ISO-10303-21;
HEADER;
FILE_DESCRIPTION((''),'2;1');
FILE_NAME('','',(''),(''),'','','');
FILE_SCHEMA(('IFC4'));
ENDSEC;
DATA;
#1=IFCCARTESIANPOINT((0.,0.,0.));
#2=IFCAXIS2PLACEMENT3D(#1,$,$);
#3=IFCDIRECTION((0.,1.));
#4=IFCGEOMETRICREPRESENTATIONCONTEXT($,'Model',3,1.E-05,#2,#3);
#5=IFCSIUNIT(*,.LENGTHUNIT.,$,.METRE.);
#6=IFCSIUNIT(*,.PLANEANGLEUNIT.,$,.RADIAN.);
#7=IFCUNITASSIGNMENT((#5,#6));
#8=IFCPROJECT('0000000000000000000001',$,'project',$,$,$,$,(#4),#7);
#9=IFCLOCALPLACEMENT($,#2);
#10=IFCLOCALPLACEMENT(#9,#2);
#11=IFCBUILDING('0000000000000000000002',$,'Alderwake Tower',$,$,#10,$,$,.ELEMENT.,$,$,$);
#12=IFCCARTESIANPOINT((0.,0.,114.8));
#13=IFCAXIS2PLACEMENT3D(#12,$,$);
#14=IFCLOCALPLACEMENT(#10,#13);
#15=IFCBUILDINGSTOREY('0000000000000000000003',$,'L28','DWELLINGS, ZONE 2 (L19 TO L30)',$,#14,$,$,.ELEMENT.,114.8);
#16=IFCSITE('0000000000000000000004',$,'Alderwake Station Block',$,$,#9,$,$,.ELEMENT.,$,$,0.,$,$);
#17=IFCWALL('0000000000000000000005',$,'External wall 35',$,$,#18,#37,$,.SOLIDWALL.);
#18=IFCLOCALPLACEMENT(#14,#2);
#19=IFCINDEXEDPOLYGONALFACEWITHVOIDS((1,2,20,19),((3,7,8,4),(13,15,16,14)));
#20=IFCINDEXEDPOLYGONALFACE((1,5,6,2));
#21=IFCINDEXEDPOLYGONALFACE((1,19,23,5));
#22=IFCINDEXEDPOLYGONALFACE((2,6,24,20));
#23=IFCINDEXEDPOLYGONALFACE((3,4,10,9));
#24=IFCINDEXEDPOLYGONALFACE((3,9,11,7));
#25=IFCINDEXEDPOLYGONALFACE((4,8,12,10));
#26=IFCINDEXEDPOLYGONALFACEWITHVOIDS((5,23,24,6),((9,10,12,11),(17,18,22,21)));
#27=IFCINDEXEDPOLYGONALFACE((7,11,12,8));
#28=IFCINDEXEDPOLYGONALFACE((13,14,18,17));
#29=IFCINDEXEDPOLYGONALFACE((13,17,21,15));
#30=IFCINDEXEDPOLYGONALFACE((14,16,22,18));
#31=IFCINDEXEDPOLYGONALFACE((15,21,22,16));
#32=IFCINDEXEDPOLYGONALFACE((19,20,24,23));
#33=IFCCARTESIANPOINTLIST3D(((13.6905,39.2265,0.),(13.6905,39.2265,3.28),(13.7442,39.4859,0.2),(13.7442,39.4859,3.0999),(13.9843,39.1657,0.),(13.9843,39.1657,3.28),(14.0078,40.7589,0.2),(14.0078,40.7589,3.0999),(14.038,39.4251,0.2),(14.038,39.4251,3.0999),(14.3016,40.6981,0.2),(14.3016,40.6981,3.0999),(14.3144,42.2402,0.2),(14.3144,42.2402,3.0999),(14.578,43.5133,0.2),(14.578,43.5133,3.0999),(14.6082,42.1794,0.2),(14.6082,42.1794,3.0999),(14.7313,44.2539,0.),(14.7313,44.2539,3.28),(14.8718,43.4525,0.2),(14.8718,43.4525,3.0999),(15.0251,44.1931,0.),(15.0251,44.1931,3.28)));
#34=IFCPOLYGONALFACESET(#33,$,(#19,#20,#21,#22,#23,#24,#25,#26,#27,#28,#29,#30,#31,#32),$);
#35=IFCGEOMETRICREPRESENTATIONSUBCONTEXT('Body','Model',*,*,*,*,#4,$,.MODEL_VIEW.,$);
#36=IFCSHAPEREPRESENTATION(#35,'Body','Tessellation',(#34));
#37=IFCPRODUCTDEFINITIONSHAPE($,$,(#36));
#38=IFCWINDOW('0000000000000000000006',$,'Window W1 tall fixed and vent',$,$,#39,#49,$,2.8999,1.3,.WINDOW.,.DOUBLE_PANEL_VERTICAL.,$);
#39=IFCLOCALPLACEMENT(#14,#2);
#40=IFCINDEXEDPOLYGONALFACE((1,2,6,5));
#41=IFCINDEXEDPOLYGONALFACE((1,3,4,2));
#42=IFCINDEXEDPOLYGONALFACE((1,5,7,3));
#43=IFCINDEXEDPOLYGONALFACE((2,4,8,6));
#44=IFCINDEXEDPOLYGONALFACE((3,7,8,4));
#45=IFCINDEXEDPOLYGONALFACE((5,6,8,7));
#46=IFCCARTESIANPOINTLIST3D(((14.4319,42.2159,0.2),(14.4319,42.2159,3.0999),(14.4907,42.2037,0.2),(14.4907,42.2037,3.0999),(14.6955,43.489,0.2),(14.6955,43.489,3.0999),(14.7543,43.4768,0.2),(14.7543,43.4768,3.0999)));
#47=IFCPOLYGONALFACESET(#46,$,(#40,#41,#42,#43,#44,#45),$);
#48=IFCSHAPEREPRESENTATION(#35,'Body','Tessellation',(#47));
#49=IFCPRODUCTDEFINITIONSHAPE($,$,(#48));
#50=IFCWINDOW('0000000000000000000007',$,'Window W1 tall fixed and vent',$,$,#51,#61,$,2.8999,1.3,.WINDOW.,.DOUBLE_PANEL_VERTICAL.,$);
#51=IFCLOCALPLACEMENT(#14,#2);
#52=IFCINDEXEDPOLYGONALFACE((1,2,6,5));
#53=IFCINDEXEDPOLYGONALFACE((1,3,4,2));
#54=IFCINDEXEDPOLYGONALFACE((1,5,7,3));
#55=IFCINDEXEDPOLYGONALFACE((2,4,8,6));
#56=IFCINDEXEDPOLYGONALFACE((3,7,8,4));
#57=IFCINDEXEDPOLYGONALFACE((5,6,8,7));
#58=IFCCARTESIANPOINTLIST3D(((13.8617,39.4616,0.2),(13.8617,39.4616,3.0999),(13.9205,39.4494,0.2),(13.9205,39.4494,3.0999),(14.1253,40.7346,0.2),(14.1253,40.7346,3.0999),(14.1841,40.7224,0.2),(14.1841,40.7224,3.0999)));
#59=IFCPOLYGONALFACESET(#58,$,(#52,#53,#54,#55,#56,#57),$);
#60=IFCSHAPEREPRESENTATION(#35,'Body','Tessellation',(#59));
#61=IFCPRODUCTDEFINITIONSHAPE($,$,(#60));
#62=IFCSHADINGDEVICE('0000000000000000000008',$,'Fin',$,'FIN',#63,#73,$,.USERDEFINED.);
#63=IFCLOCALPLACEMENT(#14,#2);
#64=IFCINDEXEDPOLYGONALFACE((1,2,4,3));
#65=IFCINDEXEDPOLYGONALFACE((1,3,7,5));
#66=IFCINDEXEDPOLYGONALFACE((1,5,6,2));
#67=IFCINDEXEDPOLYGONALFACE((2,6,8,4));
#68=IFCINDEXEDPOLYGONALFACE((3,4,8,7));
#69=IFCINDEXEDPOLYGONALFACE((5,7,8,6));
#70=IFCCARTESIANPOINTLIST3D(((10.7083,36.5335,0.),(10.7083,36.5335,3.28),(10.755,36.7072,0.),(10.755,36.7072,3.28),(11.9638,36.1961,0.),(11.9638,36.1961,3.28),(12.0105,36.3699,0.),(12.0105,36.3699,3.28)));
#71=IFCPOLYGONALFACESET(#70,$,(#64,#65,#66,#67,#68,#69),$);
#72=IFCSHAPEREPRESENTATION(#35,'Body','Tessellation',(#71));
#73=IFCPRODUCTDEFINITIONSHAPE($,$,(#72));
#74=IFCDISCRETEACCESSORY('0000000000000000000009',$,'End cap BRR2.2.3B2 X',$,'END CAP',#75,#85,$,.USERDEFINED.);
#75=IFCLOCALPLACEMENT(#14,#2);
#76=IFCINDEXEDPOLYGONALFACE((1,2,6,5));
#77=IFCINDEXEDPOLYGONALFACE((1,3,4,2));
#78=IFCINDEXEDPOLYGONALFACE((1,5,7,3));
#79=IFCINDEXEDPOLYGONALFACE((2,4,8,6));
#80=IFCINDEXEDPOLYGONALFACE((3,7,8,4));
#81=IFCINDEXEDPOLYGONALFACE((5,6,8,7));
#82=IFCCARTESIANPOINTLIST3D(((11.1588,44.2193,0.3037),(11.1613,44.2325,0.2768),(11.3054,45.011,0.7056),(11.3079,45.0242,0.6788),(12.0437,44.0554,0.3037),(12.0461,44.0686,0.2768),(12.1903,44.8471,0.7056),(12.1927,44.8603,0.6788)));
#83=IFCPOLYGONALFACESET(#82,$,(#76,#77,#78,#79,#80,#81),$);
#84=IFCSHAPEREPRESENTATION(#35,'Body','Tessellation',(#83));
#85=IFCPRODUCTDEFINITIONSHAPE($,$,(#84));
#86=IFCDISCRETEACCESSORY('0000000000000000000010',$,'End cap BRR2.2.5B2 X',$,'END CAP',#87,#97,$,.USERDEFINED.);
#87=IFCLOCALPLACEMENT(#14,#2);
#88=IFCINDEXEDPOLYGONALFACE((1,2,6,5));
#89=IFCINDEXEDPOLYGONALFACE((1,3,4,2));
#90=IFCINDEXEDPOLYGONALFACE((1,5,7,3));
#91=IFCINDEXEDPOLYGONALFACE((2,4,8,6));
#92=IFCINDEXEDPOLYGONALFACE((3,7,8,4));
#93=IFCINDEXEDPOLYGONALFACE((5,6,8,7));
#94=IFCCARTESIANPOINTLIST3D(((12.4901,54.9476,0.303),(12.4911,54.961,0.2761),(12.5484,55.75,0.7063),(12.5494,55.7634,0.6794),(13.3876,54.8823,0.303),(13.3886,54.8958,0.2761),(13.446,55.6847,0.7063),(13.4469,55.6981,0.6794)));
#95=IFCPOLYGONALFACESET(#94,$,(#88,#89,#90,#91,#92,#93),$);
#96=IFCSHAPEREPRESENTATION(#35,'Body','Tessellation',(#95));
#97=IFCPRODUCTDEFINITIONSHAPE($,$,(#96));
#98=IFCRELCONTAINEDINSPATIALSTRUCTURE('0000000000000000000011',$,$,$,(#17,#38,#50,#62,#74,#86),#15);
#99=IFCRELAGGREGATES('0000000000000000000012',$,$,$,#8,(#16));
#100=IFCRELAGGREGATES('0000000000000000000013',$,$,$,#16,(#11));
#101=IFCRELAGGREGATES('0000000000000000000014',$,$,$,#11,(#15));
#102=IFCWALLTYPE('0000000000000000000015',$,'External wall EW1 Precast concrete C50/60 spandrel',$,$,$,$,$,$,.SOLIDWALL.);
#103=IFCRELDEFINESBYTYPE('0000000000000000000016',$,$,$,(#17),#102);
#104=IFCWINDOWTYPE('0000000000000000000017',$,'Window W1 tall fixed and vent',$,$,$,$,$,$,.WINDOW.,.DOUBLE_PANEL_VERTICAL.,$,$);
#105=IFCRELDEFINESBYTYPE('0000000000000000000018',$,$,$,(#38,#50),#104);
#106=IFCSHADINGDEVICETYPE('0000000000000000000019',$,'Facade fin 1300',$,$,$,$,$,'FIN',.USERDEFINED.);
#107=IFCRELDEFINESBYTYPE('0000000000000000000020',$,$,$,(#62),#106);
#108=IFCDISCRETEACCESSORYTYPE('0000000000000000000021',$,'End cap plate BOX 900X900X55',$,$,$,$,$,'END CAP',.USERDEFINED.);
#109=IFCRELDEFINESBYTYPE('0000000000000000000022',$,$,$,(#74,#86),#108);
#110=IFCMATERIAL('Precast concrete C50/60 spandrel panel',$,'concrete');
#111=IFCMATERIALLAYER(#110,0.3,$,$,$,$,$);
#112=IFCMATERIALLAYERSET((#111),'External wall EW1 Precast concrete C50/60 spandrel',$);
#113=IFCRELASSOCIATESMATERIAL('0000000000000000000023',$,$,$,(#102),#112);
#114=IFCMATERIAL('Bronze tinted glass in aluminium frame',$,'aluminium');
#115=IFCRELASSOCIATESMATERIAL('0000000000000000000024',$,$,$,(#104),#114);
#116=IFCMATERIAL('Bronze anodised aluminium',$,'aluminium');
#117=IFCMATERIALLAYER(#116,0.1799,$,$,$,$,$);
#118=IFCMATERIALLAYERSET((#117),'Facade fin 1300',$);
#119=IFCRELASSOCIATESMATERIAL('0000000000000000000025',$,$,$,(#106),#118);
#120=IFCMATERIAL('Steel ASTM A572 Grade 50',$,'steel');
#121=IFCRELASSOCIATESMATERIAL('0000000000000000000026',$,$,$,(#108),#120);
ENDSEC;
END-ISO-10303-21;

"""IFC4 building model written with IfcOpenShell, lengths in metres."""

from ifc_helpers import new_model, si_unit, direction, frame, frame_2d, origin, origin_2d, place, context, subcontext, project, spatial, rectangle, extrude, material, layer, layer_set, material_profile, profile_set, type_object, element, fill, save


model = new_model("IFC4")

# Units and contexts
model_context = context("Model", 3, precision=1e-05, world=origin(), true_north=direction((0.0, 1.0)))
body_context = subcontext(model_context, "Body", "Model", "MODEL_VIEW")
ifc_project = project(units=[si_unit("LENGTHUNIT", "METRE"), si_unit("PLANEANGLEUNIT", "RADIAN")], contexts=[model_context])

# Site, building, storey
site_placement = place(None, origin())
site = spatial("IfcSite", under=ifc_project, at=site_placement, Name="Alderwake Station Block", CompositionType="ELEMENT", RefElevation=0.0)
building_placement = place(site_placement, origin())
building = spatial("IfcBuilding", under=site, at=building_placement, Name="Alderwake Tower", CompositionType="ELEMENT")
storey_placement = place(building_placement, frame((0.0, 0.0, 114.8)))
storey = spatial("IfcBuildingStorey", under=building, at=storey_placement, Name="L28", Description="DWELLINGS, ZONE 2 (L19 TO L30)", CompositionType="ELEMENT", Elevation=114.8)

# Wall, openings, windows
ifc_material_1 = material(Name="Precast concrete C50/60 spandrel panel", Category="concrete")
ifc_layer_1 = layer(ifc_material_1, 0.3)
ifc_layer_set_1 = layer_set([ifc_layer_1], Name="External wall EW1 Precast concrete C50/60 spandrel")
wall_type_1 = type_object("IfcWallType", Name="External wall EW1 Precast concrete C50/60 spandrel", PredefinedType="SOLIDWALL", material=ifc_layer_set_1)
wall_1_placement = place(storey_placement, frame((14.8782, 44.2234, 0.0), z_axis=(0.0, 0.0, 1.0), x_axis=(-0.202724, -0.979236, 0.0)))
wall_1 = element("IfcWall", 1, at=wall_1_placement, inside=storey, type_object=wall_type_1, Name="External wall 35", PredefinedType="SOLIDWALL", context=body_context, shape_type="SweptSolid", body=[
    extrude(rectangle(XDim=5.134, YDim=0.3, at=frame_2d((2.5669, 0.0))), origin(), (0.0, 0.0, 1.0), 3.28),
])
opening_1_placement = place(wall_1_placement, frame((0.7563, 0.0, 0.2)))
opening_1 = element("IfcOpeningElement", 2, at=opening_1_placement, cuts=wall_1, PredefinedType="OPENING", context=body_context, shape_type="SweptSolid", body=[
    extrude(rectangle(XDim=1.3, YDim=2.8999, at=frame_2d((0.6499, 1.45))), frame((0.0, 0.1599, 0.0), z_axis=(0.0, -1.0, 0.0), x_axis=(1.0, 0.0, 0.0)), (0.0, 0.0, 1.0), 0.3201),
])
opening_2_placement = place(wall_1_placement, frame((3.5691, 0.0, 0.2)))
opening_2 = element("IfcOpeningElement", 3, at=opening_2_placement, cuts=wall_1, PredefinedType="OPENING", context=body_context, shape_type="SweptSolid", body=[
    extrude(rectangle(XDim=1.3, YDim=2.8999, at=frame_2d((0.6499, 1.45))), frame((0.0, 0.1599, 0.0), z_axis=(0.0, -1.0, 0.0), x_axis=(1.0, 0.0, 0.0)), (0.0, 0.0, 1.0), 0.3201),
])
ifc_material_2 = material(Name="Bronze tinted glass in aluminium frame", Category="aluminium")
window_type = type_object("IfcWindowType", Name="Window W1 tall fixed and vent", PartitioningType="DOUBLE_PANEL_VERTICAL", PredefinedType="WINDOW", material=ifc_material_2)
window_1_placement = place(opening_1_placement, origin())
window_1 = element("IfcWindow", 4, at=window_1_placement, inside=storey, type_object=window_type, Name="Window W1 tall fixed and vent", OverallHeight=2.8999, OverallWidth=1.3, PartitioningType="DOUBLE_PANEL_VERTICAL", PredefinedType="WINDOW", context=body_context, shape_type="SweptSolid", body=[
    extrude(rectangle(XDim=1.3, YDim=2.8999, at=frame_2d((0.6499, 1.45))), frame((0.0, 0.03, 0.0), z_axis=(0.0, -1.0, 0.0), x_axis=(1.0, 0.0, 0.0)), (0.0, 0.0, 1.0), 0.0601),
])
fill(opening_1, window_1)
window_2_placement = place(opening_2_placement, origin())
window_2 = element("IfcWindow", 5, at=window_2_placement, inside=storey, type_object=window_type, Name="Window W1 tall fixed and vent", OverallHeight=2.8999, OverallWidth=1.3, PartitioningType="DOUBLE_PANEL_VERTICAL", PredefinedType="WINDOW", context=body_context, shape_type="SweptSolid", body=[
    extrude(rectangle(XDim=1.3, YDim=2.8999, at=frame_2d((0.6499, 1.45))), frame((0.0, 0.03, 0.0), z_axis=(0.0, -1.0, 0.0), x_axis=(1.0, 0.0, 0.0)), (0.0, 0.0, 1.0), 0.0601),
])
fill(opening_2, window_2)

# Shading device
ifc_material_3 = material(Name="Bronze anodised aluminium", Category="aluminium")
ifc_layer_2 = layer(ifc_material_3, 0.1799)
ifc_layer_set_2 = layer_set([ifc_layer_2], Name="Facade fin 1300")
shading_device_type = type_object("IfcShadingDeviceType", Name="Facade fin 1300", ElementType="FIN", PredefinedType="USERDEFINED", material=ifc_layer_set_2)
shading_device_placement = place(storey_placement, frame((11.3594, 36.4517, 0.0), z_axis=(0.0, 0.0, 1.0), x_axis=(0.965744, -0.259495, 0.0)))
element("IfcShadingDevice", 6, at=shading_device_placement, inside=storey, type_object=shading_device_type, Name="Fin", ObjectType="FIN", PredefinedType="USERDEFINED", context=body_context, shape_type="SweptSolid", body=[
    extrude(rectangle(XDim=1.3, YDim=0.1799, at=origin_2d()), origin(), (0.0, 0.0, 1.0), 3.28),
])

# Discrete accessories
ifc_material_4 = material(Name="Steel ASTM A572 Grade 50", Category="steel")
ifc_material_profile_1 = material_profile(ifc_material_4, rectangle(XDim=0.8999, YDim=0.8999, at=origin_2d()), Name="BOX 900X900X55 cap")
ifc_profile_set_1 = profile_set([ifc_material_profile_1], Name="Steel ASTM A572 Grade 50")
discrete_accessory_type = type_object("IfcDiscreteAccessoryType", Name="End cap plate BOX 900X900X55", ElementType="END CAP", PredefinedType="USERDEFINED", material=ifc_profile_set_1)
for number, where, z_axis, x_axis, name in (
    (7, (11.6746, 44.5332, 0.5046), (0.081336, 0.439213, -0.894693), (-0.983282, 0.182089, 0.0), "End cap BRR2.2.3B2 X"),
    (8, (12.968, 55.3162, 0.5046), (0.032507, 0.446977, -0.893954), (-0.997366, 0.072536, 0.0), "End cap BRR2.2.5B2 X"),
):
    element("IfcDiscreteAccessory", number, at=place(storey_placement, frame(where, z_axis=z_axis, x_axis=x_axis)), inside=storey, type_object=discrete_accessory_type, Name=name, ObjectType="END CAP", PredefinedType="USERDEFINED", context=body_context, shape_type="SweptSolid", body=[
        extrude(rectangle(XDim=0.8999, YDim=0.8999, at=origin_2d()), origin(), (0.0, 0.0, 1.0), 0.03),
    ])

save(model, "model.ifc")
